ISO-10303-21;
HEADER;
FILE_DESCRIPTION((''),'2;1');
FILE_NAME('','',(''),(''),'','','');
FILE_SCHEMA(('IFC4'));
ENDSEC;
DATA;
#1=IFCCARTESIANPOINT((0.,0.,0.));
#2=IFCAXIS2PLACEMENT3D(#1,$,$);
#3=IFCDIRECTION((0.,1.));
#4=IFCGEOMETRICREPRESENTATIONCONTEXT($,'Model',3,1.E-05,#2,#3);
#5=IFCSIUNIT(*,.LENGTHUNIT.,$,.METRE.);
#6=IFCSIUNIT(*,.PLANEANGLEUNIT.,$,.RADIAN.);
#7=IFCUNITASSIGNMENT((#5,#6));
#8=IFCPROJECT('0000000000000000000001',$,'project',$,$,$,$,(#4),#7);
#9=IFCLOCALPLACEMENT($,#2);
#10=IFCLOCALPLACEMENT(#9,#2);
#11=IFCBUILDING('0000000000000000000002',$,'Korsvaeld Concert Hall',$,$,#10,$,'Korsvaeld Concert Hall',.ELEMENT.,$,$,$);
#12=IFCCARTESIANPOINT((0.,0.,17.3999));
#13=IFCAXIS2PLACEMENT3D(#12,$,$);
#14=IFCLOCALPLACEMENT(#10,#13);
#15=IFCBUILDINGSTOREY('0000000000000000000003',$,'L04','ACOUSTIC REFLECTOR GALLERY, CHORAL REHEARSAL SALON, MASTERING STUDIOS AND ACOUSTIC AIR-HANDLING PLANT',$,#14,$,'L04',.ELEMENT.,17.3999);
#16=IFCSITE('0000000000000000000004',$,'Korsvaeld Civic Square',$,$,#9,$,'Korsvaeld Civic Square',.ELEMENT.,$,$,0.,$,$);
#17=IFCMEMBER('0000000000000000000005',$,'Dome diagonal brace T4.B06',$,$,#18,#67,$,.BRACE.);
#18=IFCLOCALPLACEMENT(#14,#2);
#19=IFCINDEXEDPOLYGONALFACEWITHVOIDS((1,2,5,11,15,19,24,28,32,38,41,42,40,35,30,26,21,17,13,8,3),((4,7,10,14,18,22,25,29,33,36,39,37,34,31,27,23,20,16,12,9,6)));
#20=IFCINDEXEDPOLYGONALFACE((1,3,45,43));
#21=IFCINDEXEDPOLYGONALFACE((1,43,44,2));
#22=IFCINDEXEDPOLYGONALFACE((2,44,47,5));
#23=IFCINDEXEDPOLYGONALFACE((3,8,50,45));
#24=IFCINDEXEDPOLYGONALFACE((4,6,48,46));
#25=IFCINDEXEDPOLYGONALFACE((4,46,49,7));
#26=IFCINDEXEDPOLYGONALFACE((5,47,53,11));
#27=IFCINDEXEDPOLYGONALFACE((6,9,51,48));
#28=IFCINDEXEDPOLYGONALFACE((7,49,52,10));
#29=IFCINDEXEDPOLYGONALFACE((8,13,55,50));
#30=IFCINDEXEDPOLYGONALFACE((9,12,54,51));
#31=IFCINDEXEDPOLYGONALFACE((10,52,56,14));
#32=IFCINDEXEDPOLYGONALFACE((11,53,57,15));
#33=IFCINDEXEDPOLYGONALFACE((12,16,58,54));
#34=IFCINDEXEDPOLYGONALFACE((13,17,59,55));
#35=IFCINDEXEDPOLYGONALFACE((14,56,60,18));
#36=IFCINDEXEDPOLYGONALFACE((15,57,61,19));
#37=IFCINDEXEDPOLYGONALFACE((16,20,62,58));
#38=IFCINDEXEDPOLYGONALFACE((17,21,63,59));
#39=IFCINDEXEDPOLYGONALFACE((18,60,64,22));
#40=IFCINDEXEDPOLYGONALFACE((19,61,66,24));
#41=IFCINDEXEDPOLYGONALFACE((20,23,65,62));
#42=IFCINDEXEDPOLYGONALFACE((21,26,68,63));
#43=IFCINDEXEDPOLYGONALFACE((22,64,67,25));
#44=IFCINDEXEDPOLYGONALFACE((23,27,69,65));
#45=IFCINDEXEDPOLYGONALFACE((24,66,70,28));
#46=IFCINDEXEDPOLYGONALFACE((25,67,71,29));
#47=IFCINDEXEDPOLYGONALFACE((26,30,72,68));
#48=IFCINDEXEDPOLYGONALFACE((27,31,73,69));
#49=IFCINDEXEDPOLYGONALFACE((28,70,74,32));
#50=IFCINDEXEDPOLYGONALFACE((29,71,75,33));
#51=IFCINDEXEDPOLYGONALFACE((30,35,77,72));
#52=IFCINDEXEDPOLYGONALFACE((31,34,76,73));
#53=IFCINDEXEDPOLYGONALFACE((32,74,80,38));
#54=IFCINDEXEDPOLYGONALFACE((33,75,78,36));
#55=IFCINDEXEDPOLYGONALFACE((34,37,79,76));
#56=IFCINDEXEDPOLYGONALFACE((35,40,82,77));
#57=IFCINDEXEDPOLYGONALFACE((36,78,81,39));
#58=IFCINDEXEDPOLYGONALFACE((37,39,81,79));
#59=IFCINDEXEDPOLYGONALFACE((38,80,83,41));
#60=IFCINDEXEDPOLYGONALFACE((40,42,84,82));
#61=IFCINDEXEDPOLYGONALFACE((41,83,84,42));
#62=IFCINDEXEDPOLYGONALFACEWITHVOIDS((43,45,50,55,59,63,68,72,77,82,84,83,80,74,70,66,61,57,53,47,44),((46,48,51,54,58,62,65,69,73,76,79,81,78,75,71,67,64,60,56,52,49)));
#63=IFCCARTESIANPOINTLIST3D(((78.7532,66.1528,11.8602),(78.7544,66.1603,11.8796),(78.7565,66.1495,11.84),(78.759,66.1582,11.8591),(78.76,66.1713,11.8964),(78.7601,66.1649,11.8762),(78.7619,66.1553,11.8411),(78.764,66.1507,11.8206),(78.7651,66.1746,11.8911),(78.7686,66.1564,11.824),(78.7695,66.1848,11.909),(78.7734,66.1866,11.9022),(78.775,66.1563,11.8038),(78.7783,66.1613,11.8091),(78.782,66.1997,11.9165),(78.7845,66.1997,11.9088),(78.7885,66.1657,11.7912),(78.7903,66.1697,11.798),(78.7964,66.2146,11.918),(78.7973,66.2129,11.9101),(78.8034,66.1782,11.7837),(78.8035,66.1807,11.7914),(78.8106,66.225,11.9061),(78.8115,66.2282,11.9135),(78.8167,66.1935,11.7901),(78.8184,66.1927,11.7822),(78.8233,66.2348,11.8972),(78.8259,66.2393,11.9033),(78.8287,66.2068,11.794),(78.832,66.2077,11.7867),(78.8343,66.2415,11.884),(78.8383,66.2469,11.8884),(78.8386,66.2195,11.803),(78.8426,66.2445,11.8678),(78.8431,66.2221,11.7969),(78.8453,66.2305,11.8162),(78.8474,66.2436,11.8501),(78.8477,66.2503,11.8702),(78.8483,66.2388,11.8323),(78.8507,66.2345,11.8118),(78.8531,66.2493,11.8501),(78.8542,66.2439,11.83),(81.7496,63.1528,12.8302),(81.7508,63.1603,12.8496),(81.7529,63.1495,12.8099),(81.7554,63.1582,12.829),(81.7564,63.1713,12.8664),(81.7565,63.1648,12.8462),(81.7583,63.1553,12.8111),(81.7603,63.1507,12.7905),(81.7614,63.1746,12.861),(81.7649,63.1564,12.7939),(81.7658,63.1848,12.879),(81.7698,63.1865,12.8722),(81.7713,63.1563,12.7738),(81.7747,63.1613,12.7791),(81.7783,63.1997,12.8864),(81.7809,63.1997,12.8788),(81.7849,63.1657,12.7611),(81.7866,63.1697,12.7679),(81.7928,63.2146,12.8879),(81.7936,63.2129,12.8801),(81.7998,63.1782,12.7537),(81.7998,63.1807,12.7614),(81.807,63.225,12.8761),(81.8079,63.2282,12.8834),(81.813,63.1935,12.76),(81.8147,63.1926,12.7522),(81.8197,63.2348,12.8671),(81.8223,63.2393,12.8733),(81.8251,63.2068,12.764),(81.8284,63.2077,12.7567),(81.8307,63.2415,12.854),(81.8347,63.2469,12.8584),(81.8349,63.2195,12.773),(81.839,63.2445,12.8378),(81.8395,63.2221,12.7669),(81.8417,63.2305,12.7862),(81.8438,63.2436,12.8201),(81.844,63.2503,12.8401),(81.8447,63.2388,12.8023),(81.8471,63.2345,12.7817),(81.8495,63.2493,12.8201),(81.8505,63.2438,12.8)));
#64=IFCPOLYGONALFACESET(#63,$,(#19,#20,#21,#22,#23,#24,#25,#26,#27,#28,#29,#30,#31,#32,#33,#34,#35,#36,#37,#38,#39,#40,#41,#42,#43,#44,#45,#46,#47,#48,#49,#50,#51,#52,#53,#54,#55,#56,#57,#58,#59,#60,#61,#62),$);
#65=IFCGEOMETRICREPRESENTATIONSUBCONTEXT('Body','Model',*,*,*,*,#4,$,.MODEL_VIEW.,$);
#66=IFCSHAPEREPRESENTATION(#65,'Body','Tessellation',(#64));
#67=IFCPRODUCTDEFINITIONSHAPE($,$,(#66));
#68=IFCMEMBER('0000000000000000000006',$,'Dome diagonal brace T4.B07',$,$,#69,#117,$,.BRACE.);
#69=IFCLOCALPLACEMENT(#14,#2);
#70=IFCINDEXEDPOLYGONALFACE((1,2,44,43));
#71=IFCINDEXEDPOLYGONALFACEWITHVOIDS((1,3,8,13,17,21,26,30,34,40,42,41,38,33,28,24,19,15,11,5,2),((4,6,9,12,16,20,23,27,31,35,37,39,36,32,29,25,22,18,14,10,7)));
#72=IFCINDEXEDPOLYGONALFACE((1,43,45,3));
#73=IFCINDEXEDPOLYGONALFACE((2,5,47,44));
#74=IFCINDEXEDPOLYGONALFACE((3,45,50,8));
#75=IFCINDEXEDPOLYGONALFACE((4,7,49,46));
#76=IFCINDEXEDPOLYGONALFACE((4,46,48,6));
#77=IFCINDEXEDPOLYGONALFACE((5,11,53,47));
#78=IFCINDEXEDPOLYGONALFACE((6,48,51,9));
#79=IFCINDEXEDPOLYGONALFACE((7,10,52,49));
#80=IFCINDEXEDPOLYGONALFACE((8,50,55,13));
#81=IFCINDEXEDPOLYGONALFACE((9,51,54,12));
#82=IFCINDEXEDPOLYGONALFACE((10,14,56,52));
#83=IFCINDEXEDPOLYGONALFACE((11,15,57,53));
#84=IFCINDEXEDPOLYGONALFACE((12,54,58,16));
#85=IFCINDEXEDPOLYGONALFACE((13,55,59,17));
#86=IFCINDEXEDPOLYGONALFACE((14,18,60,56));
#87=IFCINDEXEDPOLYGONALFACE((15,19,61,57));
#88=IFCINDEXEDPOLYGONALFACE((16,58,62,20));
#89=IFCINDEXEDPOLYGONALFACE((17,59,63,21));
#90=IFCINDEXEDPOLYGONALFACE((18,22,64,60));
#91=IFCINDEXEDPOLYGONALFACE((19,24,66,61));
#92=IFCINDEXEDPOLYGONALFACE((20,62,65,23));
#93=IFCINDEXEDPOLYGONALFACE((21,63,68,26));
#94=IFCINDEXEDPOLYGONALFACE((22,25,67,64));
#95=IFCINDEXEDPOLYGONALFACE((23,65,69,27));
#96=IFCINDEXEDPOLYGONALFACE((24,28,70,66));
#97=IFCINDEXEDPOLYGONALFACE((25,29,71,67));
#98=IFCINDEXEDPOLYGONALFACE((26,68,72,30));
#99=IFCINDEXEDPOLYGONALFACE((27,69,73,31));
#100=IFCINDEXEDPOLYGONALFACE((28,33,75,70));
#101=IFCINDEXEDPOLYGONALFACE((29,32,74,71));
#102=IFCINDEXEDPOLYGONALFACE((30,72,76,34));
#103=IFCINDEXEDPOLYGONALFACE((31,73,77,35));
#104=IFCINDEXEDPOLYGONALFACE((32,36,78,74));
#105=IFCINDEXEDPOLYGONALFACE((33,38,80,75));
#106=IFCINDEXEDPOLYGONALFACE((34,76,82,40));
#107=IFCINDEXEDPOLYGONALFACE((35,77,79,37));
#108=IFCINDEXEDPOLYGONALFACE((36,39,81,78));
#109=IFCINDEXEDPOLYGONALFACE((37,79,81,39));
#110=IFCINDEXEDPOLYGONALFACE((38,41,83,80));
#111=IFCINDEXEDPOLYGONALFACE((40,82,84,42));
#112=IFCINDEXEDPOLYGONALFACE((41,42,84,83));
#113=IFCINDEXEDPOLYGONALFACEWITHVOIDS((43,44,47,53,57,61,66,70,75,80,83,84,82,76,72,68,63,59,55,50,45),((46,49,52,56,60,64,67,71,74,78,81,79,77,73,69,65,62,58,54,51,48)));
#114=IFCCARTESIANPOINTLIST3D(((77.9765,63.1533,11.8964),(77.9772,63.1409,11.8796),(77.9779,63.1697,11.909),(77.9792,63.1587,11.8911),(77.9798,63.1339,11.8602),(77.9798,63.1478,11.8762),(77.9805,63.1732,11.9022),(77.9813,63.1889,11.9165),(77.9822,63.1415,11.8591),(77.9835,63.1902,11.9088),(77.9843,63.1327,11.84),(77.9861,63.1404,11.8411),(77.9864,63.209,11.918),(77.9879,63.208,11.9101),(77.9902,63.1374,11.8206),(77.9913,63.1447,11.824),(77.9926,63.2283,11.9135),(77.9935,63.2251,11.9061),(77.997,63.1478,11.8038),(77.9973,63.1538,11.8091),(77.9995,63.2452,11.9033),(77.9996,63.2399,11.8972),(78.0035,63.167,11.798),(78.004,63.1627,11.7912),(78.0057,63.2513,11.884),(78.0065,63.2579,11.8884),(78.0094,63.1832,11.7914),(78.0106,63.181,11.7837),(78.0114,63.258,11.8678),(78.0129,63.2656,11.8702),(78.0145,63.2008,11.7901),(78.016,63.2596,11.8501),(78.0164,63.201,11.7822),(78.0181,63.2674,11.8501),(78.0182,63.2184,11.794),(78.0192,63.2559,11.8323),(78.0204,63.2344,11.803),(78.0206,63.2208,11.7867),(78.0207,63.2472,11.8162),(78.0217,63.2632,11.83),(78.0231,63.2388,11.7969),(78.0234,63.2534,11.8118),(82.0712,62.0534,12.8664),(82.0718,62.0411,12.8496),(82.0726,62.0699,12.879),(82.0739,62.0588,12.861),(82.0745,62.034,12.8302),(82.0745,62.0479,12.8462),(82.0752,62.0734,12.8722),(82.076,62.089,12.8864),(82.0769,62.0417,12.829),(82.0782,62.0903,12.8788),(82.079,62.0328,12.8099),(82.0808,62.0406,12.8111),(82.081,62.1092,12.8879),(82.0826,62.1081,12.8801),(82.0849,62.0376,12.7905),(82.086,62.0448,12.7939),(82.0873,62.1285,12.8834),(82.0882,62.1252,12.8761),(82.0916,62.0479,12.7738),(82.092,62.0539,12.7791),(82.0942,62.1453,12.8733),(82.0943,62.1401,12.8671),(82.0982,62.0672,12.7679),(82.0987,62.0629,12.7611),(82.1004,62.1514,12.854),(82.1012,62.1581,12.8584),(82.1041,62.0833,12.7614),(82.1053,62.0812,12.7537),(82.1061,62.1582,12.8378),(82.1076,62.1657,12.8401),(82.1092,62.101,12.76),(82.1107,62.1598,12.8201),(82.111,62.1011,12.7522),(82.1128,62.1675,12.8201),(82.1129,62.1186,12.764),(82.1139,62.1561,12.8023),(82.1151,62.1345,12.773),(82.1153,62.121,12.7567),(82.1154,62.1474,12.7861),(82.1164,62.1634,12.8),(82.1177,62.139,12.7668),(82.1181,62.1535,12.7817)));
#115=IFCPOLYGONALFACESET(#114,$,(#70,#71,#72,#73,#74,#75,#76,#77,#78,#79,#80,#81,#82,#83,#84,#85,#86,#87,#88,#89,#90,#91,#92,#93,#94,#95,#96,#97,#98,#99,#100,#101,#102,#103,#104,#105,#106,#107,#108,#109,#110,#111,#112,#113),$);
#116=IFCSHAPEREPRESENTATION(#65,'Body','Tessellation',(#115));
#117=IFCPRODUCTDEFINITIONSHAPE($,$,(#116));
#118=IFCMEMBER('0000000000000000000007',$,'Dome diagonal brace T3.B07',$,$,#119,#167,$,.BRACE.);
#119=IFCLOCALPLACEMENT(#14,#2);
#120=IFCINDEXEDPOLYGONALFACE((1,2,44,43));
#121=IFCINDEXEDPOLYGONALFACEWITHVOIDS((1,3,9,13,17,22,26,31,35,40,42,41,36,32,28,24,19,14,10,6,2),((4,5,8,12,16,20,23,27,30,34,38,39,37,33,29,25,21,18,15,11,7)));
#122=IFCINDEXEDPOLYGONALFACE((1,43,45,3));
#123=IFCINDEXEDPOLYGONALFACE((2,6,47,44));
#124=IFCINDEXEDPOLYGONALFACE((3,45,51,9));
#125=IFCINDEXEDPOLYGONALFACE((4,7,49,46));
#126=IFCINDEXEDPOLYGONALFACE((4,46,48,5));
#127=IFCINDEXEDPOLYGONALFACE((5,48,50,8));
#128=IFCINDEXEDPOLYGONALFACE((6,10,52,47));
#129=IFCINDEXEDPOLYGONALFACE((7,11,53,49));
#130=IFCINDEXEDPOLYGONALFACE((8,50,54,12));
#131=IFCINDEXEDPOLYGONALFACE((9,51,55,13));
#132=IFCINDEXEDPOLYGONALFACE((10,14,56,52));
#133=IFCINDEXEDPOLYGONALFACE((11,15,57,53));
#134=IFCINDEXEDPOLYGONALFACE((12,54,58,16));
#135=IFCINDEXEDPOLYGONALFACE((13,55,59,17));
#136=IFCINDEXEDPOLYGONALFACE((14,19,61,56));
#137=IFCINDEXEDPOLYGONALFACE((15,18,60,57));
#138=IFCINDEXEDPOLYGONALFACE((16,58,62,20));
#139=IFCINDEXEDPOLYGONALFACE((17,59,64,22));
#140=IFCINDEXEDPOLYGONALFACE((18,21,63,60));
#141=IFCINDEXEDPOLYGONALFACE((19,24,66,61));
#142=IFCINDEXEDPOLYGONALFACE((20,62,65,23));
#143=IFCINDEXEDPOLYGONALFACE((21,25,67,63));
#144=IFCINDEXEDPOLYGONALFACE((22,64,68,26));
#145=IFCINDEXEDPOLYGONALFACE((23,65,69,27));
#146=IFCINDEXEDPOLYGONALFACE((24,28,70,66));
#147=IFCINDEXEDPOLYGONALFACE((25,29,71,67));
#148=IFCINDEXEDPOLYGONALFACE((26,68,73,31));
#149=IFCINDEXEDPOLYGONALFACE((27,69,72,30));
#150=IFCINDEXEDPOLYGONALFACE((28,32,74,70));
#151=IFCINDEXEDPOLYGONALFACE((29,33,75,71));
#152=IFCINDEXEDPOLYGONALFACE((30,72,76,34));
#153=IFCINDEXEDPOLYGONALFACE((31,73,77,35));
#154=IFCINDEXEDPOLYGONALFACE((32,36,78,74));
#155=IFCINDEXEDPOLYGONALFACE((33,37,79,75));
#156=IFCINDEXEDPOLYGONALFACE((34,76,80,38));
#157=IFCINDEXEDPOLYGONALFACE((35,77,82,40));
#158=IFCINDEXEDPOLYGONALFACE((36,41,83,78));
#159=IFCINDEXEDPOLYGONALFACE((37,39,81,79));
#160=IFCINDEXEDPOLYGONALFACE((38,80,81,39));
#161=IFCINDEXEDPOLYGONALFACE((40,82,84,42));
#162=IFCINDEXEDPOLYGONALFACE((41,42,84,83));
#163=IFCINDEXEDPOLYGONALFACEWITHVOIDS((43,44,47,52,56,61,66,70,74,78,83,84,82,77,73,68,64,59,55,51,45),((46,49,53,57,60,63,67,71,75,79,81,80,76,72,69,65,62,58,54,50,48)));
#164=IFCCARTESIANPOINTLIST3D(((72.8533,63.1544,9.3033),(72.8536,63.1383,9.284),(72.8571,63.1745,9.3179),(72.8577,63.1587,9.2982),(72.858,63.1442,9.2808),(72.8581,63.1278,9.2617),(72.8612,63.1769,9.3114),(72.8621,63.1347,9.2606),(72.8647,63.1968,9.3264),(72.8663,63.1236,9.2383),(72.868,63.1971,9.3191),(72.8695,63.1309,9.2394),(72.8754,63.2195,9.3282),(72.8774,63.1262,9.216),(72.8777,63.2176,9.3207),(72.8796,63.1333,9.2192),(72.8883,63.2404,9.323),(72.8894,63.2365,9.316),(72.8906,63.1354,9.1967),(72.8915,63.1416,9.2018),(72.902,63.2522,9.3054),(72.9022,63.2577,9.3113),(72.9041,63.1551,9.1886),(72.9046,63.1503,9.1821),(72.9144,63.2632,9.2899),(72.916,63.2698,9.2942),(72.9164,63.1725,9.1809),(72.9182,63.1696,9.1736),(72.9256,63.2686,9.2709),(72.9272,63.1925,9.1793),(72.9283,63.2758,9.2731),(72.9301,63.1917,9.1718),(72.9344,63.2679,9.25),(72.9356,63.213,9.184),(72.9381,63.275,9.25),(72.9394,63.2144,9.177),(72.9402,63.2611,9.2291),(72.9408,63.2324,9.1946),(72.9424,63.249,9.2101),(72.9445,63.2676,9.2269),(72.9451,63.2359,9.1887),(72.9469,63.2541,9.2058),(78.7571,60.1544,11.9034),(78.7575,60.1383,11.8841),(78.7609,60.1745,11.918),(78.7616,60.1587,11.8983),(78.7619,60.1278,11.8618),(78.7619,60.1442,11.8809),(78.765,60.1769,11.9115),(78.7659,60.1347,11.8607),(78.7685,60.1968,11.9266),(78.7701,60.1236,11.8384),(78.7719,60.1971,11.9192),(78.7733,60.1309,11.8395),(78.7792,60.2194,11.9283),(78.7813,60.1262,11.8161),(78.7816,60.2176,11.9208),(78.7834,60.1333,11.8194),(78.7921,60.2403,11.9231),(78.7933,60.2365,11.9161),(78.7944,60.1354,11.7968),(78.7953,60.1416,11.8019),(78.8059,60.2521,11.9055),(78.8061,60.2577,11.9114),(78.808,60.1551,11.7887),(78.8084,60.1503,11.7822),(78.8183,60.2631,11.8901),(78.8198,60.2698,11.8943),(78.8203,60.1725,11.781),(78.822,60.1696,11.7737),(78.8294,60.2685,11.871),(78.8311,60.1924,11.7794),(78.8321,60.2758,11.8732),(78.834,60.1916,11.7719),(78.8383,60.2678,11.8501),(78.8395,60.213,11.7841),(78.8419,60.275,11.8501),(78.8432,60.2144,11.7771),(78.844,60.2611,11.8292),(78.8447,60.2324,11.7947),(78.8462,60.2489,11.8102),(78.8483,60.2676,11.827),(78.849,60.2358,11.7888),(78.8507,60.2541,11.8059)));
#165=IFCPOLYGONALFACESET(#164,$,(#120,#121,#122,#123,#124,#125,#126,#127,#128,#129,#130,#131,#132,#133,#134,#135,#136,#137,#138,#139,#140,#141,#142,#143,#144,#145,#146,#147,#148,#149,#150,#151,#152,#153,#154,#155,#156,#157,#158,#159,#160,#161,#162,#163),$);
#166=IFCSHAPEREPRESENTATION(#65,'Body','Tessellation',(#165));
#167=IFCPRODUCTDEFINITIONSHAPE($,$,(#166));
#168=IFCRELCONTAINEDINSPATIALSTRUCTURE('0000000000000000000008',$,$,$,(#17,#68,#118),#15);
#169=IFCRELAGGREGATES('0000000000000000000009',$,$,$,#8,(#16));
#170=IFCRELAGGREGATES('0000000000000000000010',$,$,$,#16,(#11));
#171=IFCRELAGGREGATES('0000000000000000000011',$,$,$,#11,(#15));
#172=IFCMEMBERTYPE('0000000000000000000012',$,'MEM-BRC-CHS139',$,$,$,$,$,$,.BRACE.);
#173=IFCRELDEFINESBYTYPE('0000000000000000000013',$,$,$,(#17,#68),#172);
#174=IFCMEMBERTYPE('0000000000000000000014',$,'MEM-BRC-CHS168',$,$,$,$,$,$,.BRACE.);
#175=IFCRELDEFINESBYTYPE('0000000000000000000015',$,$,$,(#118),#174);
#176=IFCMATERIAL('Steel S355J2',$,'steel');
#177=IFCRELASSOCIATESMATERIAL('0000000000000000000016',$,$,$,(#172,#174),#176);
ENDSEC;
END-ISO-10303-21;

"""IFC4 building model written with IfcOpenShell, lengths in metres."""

from ifc_helpers import new_model, si_unit, direction, frame, origin, origin_2d, place, context, subcontext, project, spatial, hollow_circle, extrude, material, material_profile, profile_set, type_object, element, save


model = new_model("IFC4")

# Units and contexts
model_context = context("Model", 3, precision=1e-05, world=origin(), true_north=direction((0.0, 1.0)))
body_context = subcontext(model_context, "Body", "Model", "MODEL_VIEW")
ifc_project = project(units=[si_unit("LENGTHUNIT", "METRE"), si_unit("PLANEANGLEUNIT", "RADIAN")], contexts=[model_context])

# Site, building, storey
site_placement = place(None, origin())
site = spatial("IfcSite", under=ifc_project, at=site_placement, Name="Korsvaeld Civic Square", LongName="Korsvaeld Civic Square", CompositionType="ELEMENT", RefElevation=0.0)
building_placement = place(site_placement, origin())
building = spatial("IfcBuilding", under=site, at=building_placement, Name="Korsvaeld Concert Hall", LongName="Korsvaeld Concert Hall", CompositionType="ELEMENT")
storey_placement = place(building_placement, frame((0.0, 0.0, 17.3999)))
storey = spatial("IfcBuildingStorey", under=building, at=storey_placement, Name="L04", Description="ACOUSTIC REFLECTOR GALLERY, CHORAL REHEARSAL SALON, MASTERING STUDIOS AND ACOUSTIC AIR-HANDLING PLANT", LongName="L04", CompositionType="ELEMENT", Elevation=17.3999)

# Shared definitions
ifc_material_1 = material(Name="Steel S355J2", Category="steel")

# Members
ifc_material_profile_1 = material_profile(ifc_material_1, hollow_circle(Radius=0.0698, WallThickness=0.0081, at=origin_2d()), Name="CHS 139.7x8")
ifc_profile_set_1 = profile_set([ifc_material_profile_1], Name="Steel S355J2")
member_type_1 = type_object("IfcMemberType", Name="MEM-BRC-CHS139", PredefinedType="BRACE", material=ifc_profile_set_1)
member_1_placement = place(storey_placement, frame((78.8037, 66.2, 11.8501), z_axis=(0.688879, -0.689721, 0.223003), x_axis=(0.707538, 0.706675, 0.0)))
element("IfcMember", 1, at=member_1_placement, inside=storey, type_object=member_type_1, Name="Dome diagonal brace T4.B06", PredefinedType="BRACE", context=body_context, shape_type="SweptSolid", body=[
    extrude(hollow_circle(Radius=0.0698, WallThickness=0.0081, at=origin_2d()), origin(), (0.0, 0.0, 1.0), 4.3496),
])
member_2_placement = place(storey_placement, frame((78.0, 63.2, 11.8501), z_axis=(0.941446, -0.252875, 0.223012), x_axis=(0.259408, 0.965768, 0.0)))
element("IfcMember", 2, at=member_2_placement, inside=storey, type_object=member_type_1, Name="Dome diagonal brace T4.B07", PredefinedType="BRACE", context=body_context, shape_type="SweptSolid", body=[
    extrude(hollow_circle(Radius=0.0698, WallThickness=0.0081, at=origin_2d()), origin(), (0.0, 0.0, 1.0), 4.3494),
])
ifc_material_profile_2 = material_profile(ifc_material_1, hollow_circle(Radius=0.0842, WallThickness=0.0081, at=origin_2d()), Name="CHS 168.3x8")
ifc_profile_set_2 = profile_set([ifc_material_profile_2], Name="Steel S355J2")
member_type_2 = type_object("IfcMemberType", Name="MEM-BRC-CHS168", PredefinedType="BRACE", material=ifc_profile_set_2)
member_3_placement = place(storey_placement, frame((72.8999, 63.2, 9.25), z_axis=(0.829833, -0.421677, 0.365467), x_axis=(0.453014, 0.891503, 0.0)))
element("IfcMember", 3, at=member_3_placement, inside=storey, type_object=member_type_2, Name="Dome diagonal brace T3.B07", PredefinedType="BRACE", context=body_context, shape_type="SweptSolid", body=[
    extrude(hollow_circle(Radius=0.0842, WallThickness=0.0081, at=origin_2d()), origin(), (0.0, 0.0, 1.0), 7.1145),
])

save(model, "model.ifc")
